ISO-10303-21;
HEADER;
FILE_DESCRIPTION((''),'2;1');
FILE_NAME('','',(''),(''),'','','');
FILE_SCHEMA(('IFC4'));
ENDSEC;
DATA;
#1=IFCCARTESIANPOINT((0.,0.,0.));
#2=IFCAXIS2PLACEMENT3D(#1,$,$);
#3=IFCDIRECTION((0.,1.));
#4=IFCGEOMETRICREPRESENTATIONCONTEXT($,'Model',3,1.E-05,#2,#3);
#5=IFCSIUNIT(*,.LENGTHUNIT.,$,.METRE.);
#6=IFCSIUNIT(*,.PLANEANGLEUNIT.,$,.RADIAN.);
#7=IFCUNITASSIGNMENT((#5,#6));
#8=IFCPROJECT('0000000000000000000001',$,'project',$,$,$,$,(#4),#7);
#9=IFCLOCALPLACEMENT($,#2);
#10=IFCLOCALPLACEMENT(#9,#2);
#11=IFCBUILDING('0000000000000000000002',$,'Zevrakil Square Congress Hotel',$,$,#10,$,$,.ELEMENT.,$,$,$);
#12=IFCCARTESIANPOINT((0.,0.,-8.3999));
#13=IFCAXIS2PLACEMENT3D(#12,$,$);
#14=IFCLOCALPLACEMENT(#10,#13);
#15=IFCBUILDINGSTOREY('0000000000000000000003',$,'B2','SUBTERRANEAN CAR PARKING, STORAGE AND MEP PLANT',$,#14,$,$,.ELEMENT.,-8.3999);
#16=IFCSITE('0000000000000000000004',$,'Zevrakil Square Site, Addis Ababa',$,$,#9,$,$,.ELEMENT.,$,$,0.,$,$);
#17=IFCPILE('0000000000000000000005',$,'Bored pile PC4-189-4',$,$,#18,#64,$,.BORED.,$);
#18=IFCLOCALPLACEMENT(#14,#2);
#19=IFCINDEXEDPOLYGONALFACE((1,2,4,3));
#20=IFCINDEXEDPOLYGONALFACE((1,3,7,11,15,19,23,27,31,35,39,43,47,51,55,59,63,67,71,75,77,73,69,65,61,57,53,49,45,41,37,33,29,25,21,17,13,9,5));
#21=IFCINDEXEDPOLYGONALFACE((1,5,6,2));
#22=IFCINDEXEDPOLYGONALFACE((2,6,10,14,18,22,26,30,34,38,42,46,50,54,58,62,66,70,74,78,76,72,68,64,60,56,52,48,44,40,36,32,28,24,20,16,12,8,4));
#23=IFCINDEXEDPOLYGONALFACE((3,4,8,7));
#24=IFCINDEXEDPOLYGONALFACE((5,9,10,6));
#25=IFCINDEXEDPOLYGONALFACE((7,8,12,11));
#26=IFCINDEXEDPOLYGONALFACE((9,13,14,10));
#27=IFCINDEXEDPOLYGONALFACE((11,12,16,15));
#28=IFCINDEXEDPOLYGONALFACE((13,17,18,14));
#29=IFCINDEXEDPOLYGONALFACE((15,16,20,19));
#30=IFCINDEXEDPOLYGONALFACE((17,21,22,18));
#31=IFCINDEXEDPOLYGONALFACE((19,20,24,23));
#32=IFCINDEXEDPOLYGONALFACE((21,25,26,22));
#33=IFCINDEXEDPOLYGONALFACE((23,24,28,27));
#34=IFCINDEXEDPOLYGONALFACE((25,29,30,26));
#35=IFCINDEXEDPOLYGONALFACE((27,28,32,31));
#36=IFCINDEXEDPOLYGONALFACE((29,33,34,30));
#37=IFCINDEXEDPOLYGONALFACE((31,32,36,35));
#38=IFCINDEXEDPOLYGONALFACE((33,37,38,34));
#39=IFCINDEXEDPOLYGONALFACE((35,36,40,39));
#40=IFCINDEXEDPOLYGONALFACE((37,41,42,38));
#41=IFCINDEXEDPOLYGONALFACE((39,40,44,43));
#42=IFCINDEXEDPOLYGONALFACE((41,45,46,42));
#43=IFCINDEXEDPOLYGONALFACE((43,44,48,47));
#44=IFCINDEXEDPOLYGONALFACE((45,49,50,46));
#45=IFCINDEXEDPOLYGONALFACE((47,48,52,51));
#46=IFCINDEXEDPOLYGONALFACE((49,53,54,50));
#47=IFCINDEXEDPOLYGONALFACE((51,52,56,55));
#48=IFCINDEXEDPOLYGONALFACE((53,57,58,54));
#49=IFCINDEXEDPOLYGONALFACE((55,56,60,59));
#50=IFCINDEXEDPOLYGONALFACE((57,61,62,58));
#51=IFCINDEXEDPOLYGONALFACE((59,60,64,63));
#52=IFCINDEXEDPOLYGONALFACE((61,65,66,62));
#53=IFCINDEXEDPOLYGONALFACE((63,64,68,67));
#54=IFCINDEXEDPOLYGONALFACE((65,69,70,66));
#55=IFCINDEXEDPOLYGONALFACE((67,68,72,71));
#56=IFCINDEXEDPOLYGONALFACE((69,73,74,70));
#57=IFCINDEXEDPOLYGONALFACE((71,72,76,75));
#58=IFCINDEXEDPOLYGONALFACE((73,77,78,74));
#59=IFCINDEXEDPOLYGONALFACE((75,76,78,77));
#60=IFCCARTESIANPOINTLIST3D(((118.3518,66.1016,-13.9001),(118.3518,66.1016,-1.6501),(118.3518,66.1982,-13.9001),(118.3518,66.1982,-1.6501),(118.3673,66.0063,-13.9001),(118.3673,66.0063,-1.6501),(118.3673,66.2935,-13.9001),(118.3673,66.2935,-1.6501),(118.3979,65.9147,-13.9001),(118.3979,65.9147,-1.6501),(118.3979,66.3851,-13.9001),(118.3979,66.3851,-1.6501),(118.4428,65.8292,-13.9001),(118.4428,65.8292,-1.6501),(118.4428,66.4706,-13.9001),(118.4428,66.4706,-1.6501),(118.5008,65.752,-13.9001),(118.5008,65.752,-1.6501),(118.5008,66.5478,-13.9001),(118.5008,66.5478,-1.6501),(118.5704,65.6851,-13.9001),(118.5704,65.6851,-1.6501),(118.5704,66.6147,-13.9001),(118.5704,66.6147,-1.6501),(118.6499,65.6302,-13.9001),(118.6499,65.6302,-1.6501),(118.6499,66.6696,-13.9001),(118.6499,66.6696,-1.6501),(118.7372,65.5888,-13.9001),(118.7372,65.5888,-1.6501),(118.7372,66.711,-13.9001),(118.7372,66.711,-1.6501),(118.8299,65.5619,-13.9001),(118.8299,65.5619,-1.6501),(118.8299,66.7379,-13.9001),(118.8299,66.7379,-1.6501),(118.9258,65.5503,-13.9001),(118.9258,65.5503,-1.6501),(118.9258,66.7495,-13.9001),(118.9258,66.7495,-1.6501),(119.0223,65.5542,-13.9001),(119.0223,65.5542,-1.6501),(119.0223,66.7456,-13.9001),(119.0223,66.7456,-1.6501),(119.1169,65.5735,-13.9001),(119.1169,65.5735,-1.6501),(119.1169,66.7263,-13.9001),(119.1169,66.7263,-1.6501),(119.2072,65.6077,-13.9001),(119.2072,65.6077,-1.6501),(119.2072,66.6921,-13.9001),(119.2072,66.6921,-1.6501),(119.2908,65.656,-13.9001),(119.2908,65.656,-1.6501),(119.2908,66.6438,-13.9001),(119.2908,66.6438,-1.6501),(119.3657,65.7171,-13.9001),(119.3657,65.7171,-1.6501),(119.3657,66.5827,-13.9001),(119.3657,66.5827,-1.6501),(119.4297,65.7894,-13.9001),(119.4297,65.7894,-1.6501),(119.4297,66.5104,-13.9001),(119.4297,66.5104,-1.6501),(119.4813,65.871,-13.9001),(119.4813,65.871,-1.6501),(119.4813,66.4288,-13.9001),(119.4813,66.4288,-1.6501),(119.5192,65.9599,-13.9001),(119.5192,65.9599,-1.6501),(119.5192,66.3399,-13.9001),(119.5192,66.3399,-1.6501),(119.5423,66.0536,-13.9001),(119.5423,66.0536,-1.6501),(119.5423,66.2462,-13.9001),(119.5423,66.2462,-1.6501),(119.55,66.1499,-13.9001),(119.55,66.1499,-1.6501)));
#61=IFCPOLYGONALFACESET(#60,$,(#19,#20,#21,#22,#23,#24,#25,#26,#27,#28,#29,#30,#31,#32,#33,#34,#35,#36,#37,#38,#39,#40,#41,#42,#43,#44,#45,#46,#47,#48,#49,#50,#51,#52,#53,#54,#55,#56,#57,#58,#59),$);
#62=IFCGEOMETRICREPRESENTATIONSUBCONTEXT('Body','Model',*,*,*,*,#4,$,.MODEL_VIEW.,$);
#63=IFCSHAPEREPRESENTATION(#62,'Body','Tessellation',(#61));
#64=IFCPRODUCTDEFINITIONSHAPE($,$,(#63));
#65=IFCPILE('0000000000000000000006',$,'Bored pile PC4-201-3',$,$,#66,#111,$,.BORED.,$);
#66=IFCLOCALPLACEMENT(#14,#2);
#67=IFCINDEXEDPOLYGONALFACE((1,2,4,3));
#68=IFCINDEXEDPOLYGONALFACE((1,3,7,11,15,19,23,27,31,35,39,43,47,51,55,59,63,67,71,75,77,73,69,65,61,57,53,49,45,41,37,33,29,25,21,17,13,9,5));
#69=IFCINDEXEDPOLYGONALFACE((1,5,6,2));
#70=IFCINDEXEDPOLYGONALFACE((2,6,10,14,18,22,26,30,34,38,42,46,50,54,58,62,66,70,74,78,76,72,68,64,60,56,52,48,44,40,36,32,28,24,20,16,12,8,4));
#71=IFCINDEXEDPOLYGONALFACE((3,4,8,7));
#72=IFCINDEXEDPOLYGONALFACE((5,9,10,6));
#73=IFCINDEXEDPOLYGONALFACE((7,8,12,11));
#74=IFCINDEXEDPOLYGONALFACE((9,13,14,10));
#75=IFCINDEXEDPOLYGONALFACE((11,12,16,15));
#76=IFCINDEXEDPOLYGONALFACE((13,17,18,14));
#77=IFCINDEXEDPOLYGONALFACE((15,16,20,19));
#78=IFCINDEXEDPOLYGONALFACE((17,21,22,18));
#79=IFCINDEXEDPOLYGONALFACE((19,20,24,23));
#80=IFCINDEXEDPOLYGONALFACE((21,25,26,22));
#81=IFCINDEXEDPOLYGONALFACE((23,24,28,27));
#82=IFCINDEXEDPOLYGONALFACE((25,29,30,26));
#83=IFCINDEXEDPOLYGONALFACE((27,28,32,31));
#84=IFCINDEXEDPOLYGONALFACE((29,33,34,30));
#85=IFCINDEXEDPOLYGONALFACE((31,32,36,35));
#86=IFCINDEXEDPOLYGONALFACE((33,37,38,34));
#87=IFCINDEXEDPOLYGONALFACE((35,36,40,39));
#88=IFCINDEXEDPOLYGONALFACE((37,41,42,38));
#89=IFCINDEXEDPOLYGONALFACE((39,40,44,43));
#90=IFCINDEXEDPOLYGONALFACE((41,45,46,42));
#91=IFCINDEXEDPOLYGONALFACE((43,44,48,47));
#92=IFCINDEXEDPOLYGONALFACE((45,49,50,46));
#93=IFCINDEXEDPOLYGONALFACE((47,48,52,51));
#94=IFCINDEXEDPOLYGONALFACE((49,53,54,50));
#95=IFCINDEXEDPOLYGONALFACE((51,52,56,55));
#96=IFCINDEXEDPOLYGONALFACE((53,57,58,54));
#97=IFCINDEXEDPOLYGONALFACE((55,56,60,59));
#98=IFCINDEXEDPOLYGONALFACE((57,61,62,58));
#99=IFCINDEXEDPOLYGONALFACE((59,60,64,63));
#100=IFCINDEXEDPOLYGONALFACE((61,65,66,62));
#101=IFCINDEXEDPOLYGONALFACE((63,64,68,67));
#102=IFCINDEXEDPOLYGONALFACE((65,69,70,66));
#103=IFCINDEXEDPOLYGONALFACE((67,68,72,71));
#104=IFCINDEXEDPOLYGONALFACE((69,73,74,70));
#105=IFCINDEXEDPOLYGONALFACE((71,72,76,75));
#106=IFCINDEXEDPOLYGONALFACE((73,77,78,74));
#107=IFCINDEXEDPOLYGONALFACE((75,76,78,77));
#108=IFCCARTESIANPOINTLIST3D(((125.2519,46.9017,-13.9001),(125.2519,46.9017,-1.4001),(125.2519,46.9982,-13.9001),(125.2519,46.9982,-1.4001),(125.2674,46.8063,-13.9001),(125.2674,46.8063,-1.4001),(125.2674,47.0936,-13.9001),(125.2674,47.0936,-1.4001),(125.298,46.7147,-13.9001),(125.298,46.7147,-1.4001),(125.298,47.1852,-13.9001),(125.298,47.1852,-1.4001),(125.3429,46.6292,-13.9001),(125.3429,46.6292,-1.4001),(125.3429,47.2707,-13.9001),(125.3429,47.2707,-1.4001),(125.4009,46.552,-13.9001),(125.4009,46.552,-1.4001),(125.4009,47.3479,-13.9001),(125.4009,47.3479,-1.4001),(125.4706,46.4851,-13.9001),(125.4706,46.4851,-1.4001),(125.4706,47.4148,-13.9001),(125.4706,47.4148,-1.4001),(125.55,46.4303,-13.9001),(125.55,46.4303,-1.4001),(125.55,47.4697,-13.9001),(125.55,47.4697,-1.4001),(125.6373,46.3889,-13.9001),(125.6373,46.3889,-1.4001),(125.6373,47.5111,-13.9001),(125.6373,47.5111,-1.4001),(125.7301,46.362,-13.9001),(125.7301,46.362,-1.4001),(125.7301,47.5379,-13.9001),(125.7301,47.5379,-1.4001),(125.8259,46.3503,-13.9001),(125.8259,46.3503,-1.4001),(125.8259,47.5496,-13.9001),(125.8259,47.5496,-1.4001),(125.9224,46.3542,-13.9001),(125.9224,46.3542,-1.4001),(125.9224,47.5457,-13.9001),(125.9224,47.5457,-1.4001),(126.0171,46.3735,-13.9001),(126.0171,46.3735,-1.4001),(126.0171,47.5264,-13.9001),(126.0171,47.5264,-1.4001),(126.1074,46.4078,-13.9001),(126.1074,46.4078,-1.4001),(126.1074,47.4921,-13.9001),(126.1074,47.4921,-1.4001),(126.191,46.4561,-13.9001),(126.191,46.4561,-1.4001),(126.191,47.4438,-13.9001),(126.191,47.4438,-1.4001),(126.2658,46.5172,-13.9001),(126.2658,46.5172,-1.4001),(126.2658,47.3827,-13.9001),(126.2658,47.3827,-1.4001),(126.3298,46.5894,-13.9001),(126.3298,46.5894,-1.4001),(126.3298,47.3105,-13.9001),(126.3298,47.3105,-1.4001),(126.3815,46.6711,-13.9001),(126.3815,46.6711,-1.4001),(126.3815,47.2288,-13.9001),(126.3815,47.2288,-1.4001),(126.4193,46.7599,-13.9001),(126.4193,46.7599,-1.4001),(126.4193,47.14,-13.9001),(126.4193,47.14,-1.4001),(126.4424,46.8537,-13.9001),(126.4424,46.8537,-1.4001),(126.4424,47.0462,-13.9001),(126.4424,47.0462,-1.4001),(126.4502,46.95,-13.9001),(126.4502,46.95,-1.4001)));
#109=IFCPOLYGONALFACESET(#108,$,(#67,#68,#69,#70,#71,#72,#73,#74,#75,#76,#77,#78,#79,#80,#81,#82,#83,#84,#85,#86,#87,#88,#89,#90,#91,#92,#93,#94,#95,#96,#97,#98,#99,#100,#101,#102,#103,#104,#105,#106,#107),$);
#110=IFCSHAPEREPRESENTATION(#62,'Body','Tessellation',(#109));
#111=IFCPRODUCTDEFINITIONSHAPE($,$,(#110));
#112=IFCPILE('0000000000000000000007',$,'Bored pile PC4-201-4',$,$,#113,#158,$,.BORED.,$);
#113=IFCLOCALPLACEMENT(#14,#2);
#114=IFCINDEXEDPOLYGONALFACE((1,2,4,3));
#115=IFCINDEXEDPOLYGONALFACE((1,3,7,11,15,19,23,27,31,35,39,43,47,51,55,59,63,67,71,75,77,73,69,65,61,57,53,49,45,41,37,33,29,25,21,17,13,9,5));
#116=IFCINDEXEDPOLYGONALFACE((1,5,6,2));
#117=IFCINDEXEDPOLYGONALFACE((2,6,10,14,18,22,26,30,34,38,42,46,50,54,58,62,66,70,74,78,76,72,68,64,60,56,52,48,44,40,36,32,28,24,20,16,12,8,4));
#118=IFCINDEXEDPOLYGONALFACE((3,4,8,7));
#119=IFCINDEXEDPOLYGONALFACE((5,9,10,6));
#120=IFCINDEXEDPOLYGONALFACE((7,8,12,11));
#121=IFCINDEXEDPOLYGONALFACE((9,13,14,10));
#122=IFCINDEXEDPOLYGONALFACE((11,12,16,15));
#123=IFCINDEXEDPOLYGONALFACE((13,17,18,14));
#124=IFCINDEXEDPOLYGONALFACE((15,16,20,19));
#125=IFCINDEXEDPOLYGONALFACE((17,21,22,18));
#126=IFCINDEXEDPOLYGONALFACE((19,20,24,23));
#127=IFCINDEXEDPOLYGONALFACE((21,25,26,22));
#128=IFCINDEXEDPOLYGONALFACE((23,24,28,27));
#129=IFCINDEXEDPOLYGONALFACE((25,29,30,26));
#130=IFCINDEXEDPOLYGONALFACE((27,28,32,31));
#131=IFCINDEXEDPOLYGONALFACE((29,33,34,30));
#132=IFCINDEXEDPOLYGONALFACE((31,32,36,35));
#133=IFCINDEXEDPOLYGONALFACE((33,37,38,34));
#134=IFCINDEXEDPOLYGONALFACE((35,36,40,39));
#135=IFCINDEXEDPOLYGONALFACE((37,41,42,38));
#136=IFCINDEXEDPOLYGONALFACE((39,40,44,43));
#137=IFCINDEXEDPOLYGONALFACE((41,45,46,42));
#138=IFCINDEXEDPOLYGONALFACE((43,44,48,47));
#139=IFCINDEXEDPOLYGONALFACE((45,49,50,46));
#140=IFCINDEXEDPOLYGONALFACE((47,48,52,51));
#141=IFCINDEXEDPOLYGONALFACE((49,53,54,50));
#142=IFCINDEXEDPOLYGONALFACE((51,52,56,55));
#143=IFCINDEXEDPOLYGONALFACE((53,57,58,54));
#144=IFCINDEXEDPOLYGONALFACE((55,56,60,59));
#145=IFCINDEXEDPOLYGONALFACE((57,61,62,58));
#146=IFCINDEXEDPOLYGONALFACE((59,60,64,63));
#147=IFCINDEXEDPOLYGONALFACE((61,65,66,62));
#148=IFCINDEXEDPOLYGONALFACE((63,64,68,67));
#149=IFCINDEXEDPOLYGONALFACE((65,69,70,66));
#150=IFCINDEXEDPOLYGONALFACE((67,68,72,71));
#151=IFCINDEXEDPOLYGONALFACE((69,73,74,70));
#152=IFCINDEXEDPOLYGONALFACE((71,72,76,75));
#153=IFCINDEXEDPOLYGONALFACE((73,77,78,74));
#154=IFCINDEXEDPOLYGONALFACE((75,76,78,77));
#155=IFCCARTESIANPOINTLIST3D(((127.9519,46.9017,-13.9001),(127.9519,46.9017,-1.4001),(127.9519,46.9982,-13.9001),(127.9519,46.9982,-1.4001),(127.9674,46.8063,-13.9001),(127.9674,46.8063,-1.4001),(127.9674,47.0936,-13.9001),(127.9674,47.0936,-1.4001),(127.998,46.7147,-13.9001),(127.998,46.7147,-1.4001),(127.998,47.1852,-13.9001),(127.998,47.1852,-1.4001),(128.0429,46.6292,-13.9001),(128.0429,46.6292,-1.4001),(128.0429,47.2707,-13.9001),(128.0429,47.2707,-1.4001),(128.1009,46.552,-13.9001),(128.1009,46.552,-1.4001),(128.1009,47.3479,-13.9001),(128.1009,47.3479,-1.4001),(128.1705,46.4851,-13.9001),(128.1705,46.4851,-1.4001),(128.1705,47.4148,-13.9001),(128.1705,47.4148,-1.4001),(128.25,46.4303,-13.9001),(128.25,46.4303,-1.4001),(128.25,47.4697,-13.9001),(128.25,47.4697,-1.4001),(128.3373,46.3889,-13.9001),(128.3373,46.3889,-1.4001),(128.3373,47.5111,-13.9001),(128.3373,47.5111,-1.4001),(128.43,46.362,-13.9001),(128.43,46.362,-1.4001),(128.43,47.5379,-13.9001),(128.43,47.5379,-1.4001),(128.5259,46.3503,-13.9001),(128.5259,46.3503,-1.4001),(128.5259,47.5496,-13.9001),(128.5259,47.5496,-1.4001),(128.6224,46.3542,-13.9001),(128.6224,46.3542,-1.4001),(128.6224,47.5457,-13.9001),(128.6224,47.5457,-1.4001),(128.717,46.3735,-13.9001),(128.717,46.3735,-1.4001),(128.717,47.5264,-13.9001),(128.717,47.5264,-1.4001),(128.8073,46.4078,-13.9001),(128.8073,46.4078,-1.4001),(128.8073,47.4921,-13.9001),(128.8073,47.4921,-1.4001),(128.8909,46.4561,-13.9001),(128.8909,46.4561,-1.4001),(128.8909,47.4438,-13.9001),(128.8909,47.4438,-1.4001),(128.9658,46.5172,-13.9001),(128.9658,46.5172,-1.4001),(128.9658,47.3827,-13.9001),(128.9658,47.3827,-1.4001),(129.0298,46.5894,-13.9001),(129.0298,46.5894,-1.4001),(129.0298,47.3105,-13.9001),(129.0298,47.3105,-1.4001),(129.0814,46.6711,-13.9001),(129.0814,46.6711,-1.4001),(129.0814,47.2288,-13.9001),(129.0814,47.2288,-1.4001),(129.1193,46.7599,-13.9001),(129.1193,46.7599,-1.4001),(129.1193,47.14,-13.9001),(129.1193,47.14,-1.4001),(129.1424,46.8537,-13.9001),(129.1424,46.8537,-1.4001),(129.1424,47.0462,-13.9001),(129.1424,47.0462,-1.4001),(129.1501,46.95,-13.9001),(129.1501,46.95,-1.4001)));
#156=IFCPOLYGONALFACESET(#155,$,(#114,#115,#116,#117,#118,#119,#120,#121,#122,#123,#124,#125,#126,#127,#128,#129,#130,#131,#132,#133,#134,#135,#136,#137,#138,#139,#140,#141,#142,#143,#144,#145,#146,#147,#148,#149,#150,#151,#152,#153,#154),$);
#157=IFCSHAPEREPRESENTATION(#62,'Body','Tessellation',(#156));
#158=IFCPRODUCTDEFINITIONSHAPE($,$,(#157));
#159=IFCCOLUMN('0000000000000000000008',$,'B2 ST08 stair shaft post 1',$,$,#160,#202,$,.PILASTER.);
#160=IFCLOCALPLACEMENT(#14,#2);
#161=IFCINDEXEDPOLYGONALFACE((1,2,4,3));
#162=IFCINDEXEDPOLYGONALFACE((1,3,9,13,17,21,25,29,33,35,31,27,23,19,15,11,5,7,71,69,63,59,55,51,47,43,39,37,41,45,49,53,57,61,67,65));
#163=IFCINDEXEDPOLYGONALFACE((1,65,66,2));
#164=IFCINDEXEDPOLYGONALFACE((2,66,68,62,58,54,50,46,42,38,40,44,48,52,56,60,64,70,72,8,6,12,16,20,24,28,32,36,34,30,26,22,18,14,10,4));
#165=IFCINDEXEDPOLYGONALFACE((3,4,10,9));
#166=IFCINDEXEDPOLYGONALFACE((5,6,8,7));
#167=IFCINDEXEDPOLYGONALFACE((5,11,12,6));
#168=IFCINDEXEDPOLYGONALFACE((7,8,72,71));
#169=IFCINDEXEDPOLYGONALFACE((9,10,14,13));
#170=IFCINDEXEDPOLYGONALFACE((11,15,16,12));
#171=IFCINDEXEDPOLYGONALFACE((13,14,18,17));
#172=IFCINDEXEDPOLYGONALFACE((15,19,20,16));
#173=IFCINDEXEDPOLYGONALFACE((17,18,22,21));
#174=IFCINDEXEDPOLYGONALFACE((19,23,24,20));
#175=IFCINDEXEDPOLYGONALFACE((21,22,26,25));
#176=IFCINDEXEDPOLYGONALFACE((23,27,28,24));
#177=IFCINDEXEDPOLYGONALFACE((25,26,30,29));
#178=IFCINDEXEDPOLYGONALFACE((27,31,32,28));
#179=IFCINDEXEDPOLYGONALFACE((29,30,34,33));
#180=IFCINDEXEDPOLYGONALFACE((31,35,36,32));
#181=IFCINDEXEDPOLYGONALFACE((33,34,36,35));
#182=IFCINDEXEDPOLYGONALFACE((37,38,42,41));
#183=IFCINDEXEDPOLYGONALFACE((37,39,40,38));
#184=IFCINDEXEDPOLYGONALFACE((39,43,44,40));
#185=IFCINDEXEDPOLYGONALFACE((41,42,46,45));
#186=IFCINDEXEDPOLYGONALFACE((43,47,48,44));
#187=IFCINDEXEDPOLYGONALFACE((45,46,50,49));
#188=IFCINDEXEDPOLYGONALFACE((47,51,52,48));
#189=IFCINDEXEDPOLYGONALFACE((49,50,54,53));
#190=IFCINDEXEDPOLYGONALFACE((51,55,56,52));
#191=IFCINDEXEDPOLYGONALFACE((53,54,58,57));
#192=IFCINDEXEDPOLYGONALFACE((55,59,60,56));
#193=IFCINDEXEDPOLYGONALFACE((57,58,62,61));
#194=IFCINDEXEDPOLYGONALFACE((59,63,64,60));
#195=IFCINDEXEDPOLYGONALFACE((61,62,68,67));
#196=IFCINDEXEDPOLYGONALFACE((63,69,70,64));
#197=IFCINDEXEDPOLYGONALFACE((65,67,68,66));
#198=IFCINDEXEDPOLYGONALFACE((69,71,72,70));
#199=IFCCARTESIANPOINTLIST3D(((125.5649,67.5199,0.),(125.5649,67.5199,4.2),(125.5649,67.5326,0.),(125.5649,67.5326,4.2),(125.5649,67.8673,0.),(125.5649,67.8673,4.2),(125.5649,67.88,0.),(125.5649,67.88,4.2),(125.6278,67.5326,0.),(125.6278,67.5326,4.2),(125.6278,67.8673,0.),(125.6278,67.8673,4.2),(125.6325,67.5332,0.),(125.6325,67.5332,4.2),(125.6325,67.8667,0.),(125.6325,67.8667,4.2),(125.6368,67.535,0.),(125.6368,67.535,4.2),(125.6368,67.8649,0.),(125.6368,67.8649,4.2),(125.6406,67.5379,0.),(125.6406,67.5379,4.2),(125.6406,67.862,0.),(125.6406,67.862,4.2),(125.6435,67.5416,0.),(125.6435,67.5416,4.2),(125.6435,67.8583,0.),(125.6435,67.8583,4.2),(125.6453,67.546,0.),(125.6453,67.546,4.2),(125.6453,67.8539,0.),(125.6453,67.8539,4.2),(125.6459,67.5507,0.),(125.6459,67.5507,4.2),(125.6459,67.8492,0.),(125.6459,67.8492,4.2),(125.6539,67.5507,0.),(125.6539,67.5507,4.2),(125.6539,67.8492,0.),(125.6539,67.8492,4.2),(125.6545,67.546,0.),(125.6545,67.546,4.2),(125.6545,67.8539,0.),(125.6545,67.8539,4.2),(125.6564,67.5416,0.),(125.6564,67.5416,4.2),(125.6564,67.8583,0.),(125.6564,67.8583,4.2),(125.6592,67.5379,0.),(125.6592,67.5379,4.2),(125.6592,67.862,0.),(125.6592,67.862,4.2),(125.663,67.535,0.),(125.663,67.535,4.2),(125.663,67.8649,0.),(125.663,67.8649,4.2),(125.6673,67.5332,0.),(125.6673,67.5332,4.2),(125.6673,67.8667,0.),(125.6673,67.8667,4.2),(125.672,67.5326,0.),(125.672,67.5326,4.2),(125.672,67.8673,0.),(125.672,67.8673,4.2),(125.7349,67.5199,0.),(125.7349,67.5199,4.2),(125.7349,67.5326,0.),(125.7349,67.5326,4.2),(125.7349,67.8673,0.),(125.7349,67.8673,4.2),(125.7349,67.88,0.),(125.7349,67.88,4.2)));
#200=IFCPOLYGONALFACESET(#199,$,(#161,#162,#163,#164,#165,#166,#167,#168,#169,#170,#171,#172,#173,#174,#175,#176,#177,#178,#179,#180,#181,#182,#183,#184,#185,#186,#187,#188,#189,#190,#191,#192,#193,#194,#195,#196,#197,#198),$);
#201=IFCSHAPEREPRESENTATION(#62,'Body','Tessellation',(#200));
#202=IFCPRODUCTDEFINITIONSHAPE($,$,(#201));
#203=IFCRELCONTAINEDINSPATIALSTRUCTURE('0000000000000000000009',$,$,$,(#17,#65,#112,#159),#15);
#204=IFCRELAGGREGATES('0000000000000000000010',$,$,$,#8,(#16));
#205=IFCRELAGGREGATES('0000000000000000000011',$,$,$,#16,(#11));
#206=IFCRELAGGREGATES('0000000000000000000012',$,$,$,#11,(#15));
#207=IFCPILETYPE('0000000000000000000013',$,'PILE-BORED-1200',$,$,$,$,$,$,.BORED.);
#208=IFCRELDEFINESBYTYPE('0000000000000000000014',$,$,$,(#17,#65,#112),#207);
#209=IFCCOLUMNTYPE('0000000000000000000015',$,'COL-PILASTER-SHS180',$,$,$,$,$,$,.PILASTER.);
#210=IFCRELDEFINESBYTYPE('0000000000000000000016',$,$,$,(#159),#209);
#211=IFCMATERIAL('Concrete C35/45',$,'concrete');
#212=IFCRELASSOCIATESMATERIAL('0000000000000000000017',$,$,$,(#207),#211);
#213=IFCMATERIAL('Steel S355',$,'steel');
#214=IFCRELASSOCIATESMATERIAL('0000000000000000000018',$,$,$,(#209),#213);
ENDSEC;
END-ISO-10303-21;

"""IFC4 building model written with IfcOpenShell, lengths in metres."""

from ifc_helpers import new_model, si_unit, direction, frame, origin, origin_2d, place, context, subcontext, project, spatial, circle, i_section, extrude, material, material_profile, profile_set, type_object, element, save


model = new_model("IFC4")

# Units and contexts
model_context = context("Model", 3, precision=1e-05, world=origin(), true_north=direction((0.0, 1.0)))
body_context = subcontext(model_context, "Body", "Model", "MODEL_VIEW")
ifc_project = project(units=[si_unit("LENGTHUNIT", "METRE"), si_unit("PLANEANGLEUNIT", "RADIAN")], contexts=[model_context])

# Site, building, storey
site_placement = place(None, origin())
site = spatial("IfcSite", under=ifc_project, at=site_placement, Name="Zevrakil Square Site, Addis Ababa", CompositionType="ELEMENT", RefElevation=0.0)
building_placement = place(site_placement, origin())
building = spatial("IfcBuilding", under=site, at=building_placement, Name="Zevrakil Square Congress Hotel", CompositionType="ELEMENT")
storey_placement = place(building_placement, frame((0.0, 0.0, -8.3999)))
storey = spatial("IfcBuildingStorey", under=building, at=storey_placement, Name="B2", Description="SUBTERRANEAN CAR PARKING, STORAGE AND MEP PLANT", CompositionType="ELEMENT", Elevation=-8.3999)

# Piles
ifc_material_1 = material(Name="Concrete C35/45", Category="concrete")
ifc_material_profile_1 = material_profile(ifc_material_1, circle(Radius=0.6001, at=origin_2d()), Name="PILE D1200")
ifc_profile_set_1 = profile_set([ifc_material_profile_1], Name="Concrete C35/45")
pile_type_1 = type_object("IfcPileType", Name="PILE-BORED-1200", PredefinedType="BORED", material=ifc_profile_set_1)
for number, where, z_axis, x_axis, name in (
    (1, (118.95, 66.1499, -1.6501), (0.0, 0.0, -1.0), (1.0, 0.0, 0.0), "Bored pile PC4-189-4"),
):
    element("IfcPile", number, at=place(storey_placement, frame(where, z_axis=z_axis, x_axis=x_axis)), inside=storey, type_object=pile_type_1, Name=name, PredefinedType="BORED", context=body_context, shape_type="SweptSolid", body=[
        extrude(circle(Radius=0.6001, at=origin_2d()), origin(), (0.0, 0.0, 1.0), 12.25),
    ])
for number, where, z_axis, x_axis, name in (
    (2, (125.8501, 46.95, -1.4001), (0.0, 0.0, -1.0), (1.0, 0.0, 0.0), "Bored pile PC4-201-3"),
    (3, (128.55, 46.95, -1.4001), (0.0, 0.0, -1.0), (1.0, 0.0, 0.0), "Bored pile PC4-201-4"),
):
    element("IfcPile", number, at=place(storey_placement, frame(where, z_axis=z_axis, x_axis=x_axis)), inside=storey, type_object=pile_type_1, Name=name, PredefinedType="BORED", context=body_context, shape_type="SweptSolid", body=[
        extrude(circle(Radius=0.6001, at=origin_2d()), origin(), (0.0, 0.0, 1.0), 12.5),
    ])

# Column
ifc_material_2 = material(Name="Steel S355", Category="steel")
ifc_material_profile_2 = material_profile(ifc_material_2, i_section(OverallWidth=0.1699, OverallDepth=0.3601, WebThickness=0.0081, FlangeThickness=0.0127, FilletRadius=0.0181, at=origin_2d()), Name="IPE 360")
ifc_profile_set_2 = profile_set([ifc_material_profile_2], Name="Steel S355")
column_type_1 = type_object("IfcColumnType", Name="COL-PILASTER-SHS180", PredefinedType="PILASTER", material=ifc_profile_set_2)
for number, where, z_axis, x_axis, name in (
    (4, (125.6499, 67.7, 0.0), (0.0, 0.0, 1.0), (1.0, 0.0, 0.0), "B2 ST08 stair shaft post 1"),
):
    element("IfcColumn", number, at=place(storey_placement, frame(where, z_axis=z_axis, x_axis=x_axis)), inside=storey, type_object=column_type_1, Name=name, PredefinedType="PILASTER", context=body_context, shape_type="SweptSolid", body=[
        extrude(i_section(OverallWidth=0.1699, OverallDepth=0.3601, WebThickness=0.0081, FlangeThickness=0.0127, FilletRadius=0.0181, at=origin_2d()), origin(), (0.0, 0.0, 1.0), 4.2),
    ])

save(model, "model.ifc")
